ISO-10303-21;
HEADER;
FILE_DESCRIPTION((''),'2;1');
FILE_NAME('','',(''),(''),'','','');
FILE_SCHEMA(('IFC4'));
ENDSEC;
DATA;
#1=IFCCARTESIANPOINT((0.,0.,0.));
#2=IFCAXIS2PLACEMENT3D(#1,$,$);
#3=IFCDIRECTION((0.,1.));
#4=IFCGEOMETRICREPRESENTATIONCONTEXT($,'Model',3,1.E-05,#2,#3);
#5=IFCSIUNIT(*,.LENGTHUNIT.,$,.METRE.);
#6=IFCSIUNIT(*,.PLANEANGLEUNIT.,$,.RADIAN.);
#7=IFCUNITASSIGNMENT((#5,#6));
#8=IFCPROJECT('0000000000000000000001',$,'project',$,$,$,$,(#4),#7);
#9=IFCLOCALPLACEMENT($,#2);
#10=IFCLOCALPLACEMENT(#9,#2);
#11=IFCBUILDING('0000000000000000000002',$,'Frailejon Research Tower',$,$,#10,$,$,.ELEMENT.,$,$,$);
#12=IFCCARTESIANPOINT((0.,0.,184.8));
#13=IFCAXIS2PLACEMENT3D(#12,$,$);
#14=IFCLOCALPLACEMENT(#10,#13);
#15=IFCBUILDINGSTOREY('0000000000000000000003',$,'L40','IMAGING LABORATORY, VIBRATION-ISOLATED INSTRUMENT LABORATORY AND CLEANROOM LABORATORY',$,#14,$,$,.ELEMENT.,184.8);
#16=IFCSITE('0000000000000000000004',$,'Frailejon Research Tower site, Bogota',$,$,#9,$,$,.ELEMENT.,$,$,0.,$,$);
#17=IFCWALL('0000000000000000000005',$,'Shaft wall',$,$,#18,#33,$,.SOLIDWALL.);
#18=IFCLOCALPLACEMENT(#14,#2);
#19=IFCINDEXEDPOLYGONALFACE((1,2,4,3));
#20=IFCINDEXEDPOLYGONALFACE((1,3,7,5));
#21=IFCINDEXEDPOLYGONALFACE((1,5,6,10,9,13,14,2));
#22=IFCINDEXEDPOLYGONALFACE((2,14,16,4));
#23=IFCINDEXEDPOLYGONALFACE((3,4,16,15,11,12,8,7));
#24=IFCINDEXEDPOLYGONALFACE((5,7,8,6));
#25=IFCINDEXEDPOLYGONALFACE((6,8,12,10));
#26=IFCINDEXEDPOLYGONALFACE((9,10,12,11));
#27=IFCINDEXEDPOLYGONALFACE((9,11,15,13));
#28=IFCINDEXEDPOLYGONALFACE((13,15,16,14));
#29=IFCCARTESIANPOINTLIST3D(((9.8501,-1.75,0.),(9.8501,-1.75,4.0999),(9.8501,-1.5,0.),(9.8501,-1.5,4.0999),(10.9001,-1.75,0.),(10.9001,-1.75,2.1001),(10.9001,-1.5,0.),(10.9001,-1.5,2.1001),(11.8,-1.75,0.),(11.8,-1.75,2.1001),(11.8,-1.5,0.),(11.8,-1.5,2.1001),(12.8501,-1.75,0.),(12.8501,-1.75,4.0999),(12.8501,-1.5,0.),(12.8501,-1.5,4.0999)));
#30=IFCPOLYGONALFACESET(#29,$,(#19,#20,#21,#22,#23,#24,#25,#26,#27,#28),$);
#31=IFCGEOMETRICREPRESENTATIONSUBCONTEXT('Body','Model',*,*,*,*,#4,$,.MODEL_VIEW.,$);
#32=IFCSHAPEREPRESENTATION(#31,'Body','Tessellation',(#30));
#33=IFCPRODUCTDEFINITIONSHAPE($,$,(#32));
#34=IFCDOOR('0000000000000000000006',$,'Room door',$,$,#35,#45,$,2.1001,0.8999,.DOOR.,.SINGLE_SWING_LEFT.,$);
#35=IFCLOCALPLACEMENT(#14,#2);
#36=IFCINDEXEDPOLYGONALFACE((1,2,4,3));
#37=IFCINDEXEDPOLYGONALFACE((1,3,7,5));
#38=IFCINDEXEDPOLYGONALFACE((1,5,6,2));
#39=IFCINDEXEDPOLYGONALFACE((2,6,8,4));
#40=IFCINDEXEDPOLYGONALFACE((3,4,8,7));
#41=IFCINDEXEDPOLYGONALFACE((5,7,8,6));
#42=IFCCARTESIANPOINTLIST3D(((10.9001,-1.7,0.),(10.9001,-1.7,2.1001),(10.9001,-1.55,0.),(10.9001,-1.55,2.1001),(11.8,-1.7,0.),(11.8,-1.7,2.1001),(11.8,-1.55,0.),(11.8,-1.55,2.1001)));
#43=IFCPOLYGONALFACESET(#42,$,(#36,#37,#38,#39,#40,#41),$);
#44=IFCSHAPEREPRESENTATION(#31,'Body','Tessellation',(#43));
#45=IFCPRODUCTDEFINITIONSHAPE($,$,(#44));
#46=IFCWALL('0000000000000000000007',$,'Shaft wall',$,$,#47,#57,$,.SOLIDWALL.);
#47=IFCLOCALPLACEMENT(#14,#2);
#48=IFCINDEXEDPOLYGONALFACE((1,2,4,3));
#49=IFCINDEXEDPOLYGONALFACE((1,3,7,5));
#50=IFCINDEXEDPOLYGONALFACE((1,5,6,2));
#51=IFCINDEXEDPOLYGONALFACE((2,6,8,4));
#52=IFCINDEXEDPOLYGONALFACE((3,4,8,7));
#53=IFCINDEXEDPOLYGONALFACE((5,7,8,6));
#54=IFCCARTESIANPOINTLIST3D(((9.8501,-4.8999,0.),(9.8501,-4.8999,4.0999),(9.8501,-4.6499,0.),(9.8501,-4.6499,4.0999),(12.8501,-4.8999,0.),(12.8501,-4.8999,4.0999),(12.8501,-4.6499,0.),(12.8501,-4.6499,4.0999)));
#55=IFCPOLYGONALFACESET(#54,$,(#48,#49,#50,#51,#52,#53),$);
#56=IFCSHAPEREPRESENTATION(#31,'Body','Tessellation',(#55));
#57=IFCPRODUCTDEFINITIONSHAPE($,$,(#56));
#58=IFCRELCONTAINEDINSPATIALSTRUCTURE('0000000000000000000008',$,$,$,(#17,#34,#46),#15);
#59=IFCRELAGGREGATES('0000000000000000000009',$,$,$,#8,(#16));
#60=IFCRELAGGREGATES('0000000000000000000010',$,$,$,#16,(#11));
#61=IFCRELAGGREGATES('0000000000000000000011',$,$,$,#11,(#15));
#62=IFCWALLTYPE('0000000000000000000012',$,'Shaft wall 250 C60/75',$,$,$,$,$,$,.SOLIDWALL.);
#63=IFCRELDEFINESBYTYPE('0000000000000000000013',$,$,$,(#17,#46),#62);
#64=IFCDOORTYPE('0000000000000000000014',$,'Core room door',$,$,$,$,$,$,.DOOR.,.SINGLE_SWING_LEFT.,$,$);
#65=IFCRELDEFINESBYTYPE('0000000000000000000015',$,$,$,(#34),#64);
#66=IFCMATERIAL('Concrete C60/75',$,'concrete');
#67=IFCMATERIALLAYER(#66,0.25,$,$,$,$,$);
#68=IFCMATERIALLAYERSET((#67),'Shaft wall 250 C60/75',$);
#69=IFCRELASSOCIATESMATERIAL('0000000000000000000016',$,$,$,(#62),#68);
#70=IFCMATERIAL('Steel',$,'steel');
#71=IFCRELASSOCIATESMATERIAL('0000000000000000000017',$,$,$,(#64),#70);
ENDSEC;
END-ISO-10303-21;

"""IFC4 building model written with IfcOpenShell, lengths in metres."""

from ifc_helpers import new_model, si_unit, direction, frame, frame_2d, origin, place, context, subcontext, project, spatial, rectangle, extrude, material, layer, layer_set, type_object, element, fill, save


model = new_model("IFC4")

# Units and contexts
model_context = context("Model", 3, precision=1e-05, world=origin(), true_north=direction((0.0, 1.0)))
body_context = subcontext(model_context, "Body", "Model", "MODEL_VIEW")
ifc_project = project(units=[si_unit("LENGTHUNIT", "METRE"), si_unit("PLANEANGLEUNIT", "RADIAN")], contexts=[model_context])

# Site, building, storey
site_placement = place(None, origin())
site = spatial("IfcSite", under=ifc_project, at=site_placement, Name="Frailejon Research Tower site, Bogota", CompositionType="ELEMENT", RefElevation=0.0)
building_placement = place(site_placement, origin())
building = spatial("IfcBuilding", under=site, at=building_placement, Name="Frailejon Research Tower", CompositionType="ELEMENT")
storey_placement = place(building_placement, frame((0.0, 0.0, 184.8)))
storey = spatial("IfcBuildingStorey", under=building, at=storey_placement, Name="L40", Description="IMAGING LABORATORY, VIBRATION-ISOLATED INSTRUMENT LABORATORY AND CLEANROOM LABORATORY", CompositionType="ELEMENT", Elevation=184.8)

# Wall, opening, door
ifc_material_1 = material(Name="Concrete C60/75", Category="concrete")
ifc_layer_1 = layer(ifc_material_1, 0.25)
ifc_layer_set_1 = layer_set([ifc_layer_1], Name="Shaft wall 250 C60/75")
wall_type_1 = type_object("IfcWallType", Name="Shaft wall 250 C60/75", PredefinedType="SOLIDWALL", material=ifc_layer_set_1)
wall_1_placement = place(storey_placement, frame((9.8501, -1.625, 0.0), z_axis=(0.0, 0.0, 1.0), x_axis=(1.0, 0.0, 0.0)))
wall_1 = element("IfcWall", 1, at=wall_1_placement, inside=storey, type_object=wall_type_1, Name="Shaft wall", PredefinedType="SOLIDWALL", context=body_context, shape_type="SweptSolid", body=[
    extrude(rectangle(XDim=3.0, YDim=0.25, at=frame_2d((1.5, 0.0))), origin(), (0.0, 0.0, 1.0), 4.0999),
])
opening_1_placement = place(wall_1_placement, frame((1.05, 0.0, 0.0)))
opening_1 = element("IfcOpeningElement", 2, at=opening_1_placement, cuts=wall_1, PredefinedType="OPENING", context=body_context, shape_type="SweptSolid", body=[
    extrude(rectangle(XDim=0.8999, YDim=2.1001, at=frame_2d((0.45, 1.05))), frame((0.0, 0.135, 0.0), z_axis=(0.0, -1.0, 0.0), x_axis=(1.0, 0.0, 0.0)), (0.0, 0.0, 1.0), 0.27),
])
ifc_material_2 = material(Name="Steel", Category="steel")
door_type_1 = type_object("IfcDoorType", Name="Core room door", OperationType="SINGLE_SWING_LEFT", PredefinedType="DOOR", material=ifc_material_2)
door_1_placement = place(opening_1_placement, origin())
door_1 = element("IfcDoor", 3, at=door_1_placement, inside=storey, type_object=door_type_1, Name="Room door", OperationType="SINGLE_SWING_LEFT", OverallHeight=2.1001, OverallWidth=0.8999, PredefinedType="DOOR", context=body_context, shape_type="SweptSolid", body=[
    extrude(rectangle(XDim=0.8999, YDim=2.1001, at=frame_2d((0.45, 1.05))), frame((0.0, 0.075, 0.0), z_axis=(0.0, -1.0, 0.0), x_axis=(1.0, 0.0, 0.0)), (0.0, 0.0, 1.0), 0.1499),
])
fill(opening_1, door_1)

# Wall
wall_2_placement = place(storey_placement, frame((9.8501, -4.7749, 0.0), z_axis=(0.0, 0.0, 1.0), x_axis=(1.0, 0.0, 0.0)))
element("IfcWall", 4, at=wall_2_placement, inside=storey, type_object=wall_type_1, Name="Shaft wall", PredefinedType="SOLIDWALL", context=body_context, shape_type="SweptSolid", body=[
    extrude(rectangle(XDim=3.0, YDim=0.25, at=frame_2d((1.5, 0.0))), origin(), (0.0, 0.0, 1.0), 4.0999),
])

save(model, "model.ifc")
